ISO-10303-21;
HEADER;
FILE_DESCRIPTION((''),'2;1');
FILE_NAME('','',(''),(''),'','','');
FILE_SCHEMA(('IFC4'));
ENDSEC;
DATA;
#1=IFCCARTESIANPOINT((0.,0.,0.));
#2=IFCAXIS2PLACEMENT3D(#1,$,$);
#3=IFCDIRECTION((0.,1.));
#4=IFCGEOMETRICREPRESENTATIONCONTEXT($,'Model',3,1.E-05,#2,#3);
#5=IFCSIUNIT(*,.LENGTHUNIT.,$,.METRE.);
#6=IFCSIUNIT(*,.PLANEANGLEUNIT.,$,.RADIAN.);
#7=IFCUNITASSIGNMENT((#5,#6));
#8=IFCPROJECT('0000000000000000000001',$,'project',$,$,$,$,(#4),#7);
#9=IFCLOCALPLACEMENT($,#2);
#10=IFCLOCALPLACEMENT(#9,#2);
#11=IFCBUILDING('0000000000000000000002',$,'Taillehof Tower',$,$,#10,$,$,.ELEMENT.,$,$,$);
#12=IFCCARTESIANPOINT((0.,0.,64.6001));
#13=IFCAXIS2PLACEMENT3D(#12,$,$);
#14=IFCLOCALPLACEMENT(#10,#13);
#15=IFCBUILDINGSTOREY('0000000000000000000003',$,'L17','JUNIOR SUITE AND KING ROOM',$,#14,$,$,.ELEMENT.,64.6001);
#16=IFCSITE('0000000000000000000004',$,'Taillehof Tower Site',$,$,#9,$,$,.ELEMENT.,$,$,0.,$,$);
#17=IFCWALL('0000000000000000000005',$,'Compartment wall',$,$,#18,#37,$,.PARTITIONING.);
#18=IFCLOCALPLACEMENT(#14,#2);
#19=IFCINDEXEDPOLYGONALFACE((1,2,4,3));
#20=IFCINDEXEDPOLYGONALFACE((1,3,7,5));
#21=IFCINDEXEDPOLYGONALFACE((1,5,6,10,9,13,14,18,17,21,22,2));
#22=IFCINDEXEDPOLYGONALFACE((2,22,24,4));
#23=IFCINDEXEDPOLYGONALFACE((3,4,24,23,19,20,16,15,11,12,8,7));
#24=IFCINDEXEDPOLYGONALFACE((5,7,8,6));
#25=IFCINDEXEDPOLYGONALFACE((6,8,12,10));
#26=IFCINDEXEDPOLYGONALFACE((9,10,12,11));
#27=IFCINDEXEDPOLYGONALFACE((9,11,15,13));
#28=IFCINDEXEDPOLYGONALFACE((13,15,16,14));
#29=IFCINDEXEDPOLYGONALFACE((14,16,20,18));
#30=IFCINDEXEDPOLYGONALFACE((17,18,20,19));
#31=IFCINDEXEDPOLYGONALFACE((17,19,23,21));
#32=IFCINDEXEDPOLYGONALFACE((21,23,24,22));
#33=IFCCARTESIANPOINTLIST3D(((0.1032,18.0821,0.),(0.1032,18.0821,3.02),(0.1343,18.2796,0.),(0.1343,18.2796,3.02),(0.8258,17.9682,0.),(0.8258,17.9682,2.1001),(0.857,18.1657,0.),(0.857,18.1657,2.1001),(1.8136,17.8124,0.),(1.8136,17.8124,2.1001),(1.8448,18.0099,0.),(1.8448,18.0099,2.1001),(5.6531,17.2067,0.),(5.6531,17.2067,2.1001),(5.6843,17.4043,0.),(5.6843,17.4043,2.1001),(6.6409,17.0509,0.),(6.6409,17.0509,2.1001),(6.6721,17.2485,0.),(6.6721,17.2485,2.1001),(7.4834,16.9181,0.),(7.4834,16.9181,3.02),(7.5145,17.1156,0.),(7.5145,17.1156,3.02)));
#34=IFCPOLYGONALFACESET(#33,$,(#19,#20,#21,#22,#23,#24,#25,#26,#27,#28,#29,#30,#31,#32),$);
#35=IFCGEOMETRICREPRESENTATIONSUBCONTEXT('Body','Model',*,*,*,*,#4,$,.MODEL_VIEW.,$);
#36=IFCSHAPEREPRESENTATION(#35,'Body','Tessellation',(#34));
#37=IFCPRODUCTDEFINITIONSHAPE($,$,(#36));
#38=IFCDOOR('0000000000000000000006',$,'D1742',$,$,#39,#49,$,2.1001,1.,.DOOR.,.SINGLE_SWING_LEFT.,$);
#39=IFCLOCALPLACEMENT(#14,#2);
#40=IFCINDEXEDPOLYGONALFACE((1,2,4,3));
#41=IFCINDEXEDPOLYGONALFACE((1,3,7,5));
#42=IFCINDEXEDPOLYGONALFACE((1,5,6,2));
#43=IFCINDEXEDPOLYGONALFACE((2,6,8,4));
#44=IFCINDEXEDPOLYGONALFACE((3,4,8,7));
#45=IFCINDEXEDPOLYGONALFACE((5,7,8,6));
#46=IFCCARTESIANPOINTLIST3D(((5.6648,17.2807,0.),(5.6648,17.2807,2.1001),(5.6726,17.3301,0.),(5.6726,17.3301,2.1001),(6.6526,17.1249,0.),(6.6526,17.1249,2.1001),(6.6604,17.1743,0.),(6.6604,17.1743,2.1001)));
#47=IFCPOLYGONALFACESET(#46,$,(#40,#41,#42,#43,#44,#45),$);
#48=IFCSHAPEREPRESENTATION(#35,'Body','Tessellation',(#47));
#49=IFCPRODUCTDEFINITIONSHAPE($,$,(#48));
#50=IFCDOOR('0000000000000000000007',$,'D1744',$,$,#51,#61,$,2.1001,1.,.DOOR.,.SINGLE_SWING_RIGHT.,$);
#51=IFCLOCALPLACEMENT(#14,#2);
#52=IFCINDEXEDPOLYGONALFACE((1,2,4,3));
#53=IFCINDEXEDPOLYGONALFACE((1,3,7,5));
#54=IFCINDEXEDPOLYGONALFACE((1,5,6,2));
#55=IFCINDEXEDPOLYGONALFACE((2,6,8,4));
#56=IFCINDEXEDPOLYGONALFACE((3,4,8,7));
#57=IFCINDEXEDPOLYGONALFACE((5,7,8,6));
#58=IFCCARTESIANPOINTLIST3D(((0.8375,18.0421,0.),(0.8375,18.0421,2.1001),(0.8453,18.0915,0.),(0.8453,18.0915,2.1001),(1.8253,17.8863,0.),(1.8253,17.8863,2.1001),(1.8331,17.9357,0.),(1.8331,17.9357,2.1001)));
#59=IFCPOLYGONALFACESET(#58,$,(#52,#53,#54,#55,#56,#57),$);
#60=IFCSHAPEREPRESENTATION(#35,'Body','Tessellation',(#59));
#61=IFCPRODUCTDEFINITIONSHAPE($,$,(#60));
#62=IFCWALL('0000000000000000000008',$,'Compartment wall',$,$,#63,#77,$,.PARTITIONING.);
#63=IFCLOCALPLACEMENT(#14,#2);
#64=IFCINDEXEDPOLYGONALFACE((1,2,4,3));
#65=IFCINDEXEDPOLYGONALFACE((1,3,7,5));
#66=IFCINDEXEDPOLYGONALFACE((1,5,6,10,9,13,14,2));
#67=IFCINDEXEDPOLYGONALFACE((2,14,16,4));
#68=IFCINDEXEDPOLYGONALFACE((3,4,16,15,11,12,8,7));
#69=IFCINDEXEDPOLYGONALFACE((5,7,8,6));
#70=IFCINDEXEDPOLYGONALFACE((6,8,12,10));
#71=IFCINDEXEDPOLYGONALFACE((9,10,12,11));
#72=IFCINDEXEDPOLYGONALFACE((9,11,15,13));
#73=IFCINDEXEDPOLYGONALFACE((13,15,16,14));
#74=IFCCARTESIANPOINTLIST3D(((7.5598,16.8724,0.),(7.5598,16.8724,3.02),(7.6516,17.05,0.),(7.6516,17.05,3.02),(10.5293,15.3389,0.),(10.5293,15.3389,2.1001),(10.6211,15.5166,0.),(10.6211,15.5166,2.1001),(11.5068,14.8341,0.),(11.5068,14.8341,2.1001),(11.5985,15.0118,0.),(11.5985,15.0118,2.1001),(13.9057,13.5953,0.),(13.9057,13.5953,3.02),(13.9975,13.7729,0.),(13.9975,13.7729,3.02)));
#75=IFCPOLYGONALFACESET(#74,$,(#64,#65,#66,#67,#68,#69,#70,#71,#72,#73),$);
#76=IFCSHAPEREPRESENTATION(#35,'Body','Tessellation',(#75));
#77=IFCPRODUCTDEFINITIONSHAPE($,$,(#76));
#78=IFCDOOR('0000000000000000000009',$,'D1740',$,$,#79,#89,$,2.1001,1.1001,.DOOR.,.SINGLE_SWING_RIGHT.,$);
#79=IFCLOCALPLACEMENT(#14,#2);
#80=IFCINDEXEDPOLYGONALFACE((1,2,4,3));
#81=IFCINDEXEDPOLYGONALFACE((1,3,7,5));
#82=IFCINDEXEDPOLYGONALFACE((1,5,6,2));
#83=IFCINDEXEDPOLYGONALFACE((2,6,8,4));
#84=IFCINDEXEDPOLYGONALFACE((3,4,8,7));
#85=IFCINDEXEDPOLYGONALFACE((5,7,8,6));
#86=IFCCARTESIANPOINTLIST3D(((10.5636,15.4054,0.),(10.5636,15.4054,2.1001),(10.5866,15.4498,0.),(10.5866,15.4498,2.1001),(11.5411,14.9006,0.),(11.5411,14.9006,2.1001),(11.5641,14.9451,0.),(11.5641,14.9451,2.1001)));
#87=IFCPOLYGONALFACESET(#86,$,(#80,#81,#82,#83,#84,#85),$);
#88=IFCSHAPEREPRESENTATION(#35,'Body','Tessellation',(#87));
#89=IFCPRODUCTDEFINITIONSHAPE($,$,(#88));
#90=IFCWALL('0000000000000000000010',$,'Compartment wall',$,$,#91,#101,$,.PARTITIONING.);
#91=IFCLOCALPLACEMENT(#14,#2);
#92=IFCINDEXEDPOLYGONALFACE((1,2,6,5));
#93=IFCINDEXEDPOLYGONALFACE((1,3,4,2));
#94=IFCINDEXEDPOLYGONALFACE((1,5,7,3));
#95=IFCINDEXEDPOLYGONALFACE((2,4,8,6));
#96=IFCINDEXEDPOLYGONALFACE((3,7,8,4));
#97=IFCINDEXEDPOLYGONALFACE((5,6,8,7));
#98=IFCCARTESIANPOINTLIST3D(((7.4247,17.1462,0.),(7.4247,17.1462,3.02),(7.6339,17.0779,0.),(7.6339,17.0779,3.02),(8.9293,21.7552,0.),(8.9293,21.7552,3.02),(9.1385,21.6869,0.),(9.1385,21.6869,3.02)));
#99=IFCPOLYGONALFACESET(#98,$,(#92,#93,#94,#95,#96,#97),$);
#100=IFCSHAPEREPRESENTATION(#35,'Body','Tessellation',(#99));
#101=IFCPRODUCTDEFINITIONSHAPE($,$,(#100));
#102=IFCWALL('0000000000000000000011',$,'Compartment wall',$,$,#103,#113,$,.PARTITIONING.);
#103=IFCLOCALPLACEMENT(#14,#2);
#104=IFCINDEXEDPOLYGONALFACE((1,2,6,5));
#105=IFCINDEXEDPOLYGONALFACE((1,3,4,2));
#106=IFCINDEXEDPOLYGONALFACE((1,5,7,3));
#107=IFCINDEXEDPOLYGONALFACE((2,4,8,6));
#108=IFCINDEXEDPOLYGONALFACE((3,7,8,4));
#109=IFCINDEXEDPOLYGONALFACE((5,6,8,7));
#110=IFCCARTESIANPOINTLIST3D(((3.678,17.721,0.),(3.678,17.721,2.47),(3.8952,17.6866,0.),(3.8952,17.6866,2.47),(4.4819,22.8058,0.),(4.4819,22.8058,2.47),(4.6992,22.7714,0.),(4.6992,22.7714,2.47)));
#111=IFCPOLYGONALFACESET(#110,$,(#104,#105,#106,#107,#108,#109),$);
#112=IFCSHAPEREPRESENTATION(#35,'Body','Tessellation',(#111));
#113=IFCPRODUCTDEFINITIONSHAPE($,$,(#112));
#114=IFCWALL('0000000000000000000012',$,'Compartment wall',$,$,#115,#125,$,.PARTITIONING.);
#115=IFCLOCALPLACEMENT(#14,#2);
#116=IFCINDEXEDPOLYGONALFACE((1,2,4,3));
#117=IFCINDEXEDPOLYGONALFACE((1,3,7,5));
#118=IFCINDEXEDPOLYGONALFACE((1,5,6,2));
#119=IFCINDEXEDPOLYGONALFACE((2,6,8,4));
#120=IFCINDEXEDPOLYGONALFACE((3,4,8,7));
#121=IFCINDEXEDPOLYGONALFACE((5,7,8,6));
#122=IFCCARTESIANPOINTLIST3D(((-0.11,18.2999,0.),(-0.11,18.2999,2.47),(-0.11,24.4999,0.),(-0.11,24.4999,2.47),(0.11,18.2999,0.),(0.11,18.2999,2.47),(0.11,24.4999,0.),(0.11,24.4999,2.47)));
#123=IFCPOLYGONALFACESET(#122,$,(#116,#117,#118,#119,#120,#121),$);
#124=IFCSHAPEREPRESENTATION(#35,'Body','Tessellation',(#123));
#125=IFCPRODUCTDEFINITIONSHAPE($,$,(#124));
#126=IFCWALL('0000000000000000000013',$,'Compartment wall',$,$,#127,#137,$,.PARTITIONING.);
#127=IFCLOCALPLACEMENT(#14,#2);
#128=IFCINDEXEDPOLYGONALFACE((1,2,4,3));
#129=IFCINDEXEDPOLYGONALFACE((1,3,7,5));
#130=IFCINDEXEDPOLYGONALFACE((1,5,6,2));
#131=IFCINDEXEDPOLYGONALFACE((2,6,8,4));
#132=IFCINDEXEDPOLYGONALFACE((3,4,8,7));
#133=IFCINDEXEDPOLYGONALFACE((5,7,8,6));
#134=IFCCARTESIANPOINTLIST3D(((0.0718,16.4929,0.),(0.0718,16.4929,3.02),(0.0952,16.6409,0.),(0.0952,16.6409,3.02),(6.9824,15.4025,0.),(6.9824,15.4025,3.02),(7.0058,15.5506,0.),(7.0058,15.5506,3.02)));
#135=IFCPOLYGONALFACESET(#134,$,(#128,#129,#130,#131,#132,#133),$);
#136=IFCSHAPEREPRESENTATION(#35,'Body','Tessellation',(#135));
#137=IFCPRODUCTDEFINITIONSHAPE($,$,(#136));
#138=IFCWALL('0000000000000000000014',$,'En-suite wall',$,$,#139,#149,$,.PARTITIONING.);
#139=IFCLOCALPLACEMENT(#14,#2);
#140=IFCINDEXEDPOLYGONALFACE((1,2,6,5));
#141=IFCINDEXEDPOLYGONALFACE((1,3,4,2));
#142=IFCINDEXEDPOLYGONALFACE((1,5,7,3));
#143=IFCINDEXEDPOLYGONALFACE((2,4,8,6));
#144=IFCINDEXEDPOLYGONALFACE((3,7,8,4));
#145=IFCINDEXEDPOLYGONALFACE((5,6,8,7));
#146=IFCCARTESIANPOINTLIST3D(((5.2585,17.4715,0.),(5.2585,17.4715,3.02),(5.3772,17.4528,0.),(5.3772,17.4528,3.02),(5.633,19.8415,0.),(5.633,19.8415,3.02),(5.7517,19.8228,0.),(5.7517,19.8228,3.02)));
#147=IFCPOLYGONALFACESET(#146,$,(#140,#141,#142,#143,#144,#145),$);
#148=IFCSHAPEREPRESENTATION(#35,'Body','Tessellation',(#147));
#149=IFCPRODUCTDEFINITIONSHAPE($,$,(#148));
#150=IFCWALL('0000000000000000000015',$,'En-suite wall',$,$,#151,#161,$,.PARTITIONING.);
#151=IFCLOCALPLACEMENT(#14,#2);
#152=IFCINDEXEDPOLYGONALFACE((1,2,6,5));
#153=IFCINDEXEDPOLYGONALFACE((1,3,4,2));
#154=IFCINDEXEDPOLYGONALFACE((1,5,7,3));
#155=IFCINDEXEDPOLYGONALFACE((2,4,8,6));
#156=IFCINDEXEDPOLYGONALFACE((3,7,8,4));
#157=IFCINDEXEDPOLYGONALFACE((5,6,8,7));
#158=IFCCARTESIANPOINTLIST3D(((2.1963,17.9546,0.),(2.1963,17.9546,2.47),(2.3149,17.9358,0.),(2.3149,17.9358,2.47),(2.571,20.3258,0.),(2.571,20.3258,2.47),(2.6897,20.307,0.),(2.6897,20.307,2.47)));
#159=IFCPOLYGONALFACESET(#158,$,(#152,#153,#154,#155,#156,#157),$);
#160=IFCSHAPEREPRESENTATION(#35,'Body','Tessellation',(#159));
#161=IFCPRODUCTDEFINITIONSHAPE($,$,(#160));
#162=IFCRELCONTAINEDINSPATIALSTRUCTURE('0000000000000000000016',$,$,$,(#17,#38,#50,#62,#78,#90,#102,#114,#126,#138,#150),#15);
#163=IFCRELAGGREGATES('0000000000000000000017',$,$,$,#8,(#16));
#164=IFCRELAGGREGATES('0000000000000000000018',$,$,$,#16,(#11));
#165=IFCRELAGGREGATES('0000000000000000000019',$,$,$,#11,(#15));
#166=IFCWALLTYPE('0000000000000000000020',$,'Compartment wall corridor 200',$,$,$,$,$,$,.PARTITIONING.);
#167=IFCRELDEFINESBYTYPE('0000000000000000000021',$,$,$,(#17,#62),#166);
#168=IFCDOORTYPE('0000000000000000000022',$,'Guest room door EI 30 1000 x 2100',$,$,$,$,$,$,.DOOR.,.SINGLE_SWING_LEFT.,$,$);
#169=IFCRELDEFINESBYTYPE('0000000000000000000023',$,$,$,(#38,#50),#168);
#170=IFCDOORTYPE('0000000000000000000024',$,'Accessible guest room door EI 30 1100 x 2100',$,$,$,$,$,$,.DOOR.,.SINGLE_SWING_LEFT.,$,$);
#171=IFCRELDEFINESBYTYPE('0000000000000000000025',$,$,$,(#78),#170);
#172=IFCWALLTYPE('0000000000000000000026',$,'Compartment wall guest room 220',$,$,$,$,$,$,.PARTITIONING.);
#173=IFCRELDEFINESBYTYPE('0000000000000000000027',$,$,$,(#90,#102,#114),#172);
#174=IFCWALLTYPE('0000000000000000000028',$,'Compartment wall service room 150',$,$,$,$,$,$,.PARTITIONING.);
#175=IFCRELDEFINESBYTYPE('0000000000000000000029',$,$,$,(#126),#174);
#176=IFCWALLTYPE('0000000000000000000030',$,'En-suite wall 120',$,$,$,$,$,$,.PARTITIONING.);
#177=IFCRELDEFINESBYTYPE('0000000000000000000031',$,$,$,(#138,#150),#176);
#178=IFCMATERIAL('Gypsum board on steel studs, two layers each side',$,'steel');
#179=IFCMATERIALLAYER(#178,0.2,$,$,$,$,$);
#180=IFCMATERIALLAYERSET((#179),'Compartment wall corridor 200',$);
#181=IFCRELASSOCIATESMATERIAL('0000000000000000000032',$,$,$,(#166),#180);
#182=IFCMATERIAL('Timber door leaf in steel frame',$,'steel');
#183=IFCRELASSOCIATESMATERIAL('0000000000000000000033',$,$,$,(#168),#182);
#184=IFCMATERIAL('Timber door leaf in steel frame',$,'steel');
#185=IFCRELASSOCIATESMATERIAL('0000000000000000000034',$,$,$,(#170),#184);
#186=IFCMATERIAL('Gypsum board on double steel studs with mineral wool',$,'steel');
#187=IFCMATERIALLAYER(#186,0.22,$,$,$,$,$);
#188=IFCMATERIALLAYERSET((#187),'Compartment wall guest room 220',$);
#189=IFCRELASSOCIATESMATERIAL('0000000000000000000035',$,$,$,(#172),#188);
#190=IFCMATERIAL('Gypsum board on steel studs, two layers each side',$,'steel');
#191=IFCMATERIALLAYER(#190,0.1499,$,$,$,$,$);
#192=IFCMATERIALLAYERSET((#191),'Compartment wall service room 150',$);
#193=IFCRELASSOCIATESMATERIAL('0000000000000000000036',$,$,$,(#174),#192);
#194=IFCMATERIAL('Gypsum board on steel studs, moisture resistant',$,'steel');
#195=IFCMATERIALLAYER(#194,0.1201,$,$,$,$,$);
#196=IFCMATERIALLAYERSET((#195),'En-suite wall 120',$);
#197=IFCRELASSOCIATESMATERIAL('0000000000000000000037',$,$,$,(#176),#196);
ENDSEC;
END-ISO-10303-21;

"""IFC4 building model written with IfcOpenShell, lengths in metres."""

from ifc_helpers import new_model, si_unit, direction, frame, frame_2d, origin, place, context, subcontext, project, spatial, rectangle, extrude, material, layer, layer_set, type_object, element, fill, save


model = new_model("IFC4")

# Units and contexts
model_context = context("Model", 3, precision=1e-05, world=origin(), true_north=direction((0.0, 1.0)))
body_context = subcontext(model_context, "Body", "Model", "MODEL_VIEW")
ifc_project = project(units=[si_unit("LENGTHUNIT", "METRE"), si_unit("PLANEANGLEUNIT", "RADIAN")], contexts=[model_context])

# Site, building, storey
site_placement = place(None, origin())
site = spatial("IfcSite", under=ifc_project, at=site_placement, Name="Taillehof Tower Site", CompositionType="ELEMENT", RefElevation=0.0)
building_placement = place(site_placement, origin())
building = spatial("IfcBuilding", under=site, at=building_placement, Name="Taillehof Tower", CompositionType="ELEMENT")
storey_placement = place(building_placement, frame((0.0, 0.0, 64.6001)))
storey = spatial("IfcBuildingStorey", under=building, at=storey_placement, Name="L17", Description="JUNIOR SUITE AND KING ROOM", CompositionType="ELEMENT", Elevation=64.6001)

# Wall, openings, doors
ifc_material_1 = material(Name="Gypsum board on steel studs, two layers each side", Category="steel")
ifc_layer_1 = layer(ifc_material_1, 0.2)
ifc_layer_set_1 = layer_set([ifc_layer_1], Name="Compartment wall corridor 200")
wall_type_1 = type_object("IfcWallType", Name="Compartment wall corridor 200", PredefinedType="PARTITIONING", material=ifc_layer_set_1)
wall_1_placement = place(storey_placement, frame((0.1187, 18.1809, 0.0), z_axis=(0.0, 0.0, 1.0), x_axis=(0.987788, -0.155803, 0.0)))
wall_1 = element("IfcWall", 1, at=wall_1_placement, inside=storey, type_object=wall_type_1, Name="Compartment wall", PredefinedType="PARTITIONING", context=body_context, shape_type="SweptSolid", body=[
    extrude(rectangle(XDim=7.4714, YDim=0.2, at=frame_2d((3.7358, 0.0))), origin(), (0.0, 0.0, 1.0), 3.02),
])
opening_1_placement = place(wall_1_placement, frame((5.6187, 0.0, 0.0)))
opening_1 = element("IfcOpeningElement", 2, at=opening_1_placement, cuts=wall_1, PredefinedType="OPENING", context=body_context, shape_type="SweptSolid", body=[
    extrude(rectangle(XDim=1.0, YDim=2.1001, at=frame_2d((0.5, 1.05))), frame((0.0, 0.1099, 0.0), z_axis=(0.0, -1.0, 0.0), x_axis=(1.0, 0.0, 0.0)), (0.0, 0.0, 1.0), 0.22),
])
opening_2_placement = place(wall_1_placement, frame((0.7317, 0.0, 0.0)))
opening_2 = element("IfcOpeningElement", 3, at=opening_2_placement, cuts=wall_1, PredefinedType="OPENING", context=body_context, shape_type="SweptSolid", body=[
    extrude(rectangle(XDim=1.0, YDim=2.1001, at=frame_2d((0.5, 1.05))), frame((0.0, 0.1099, 0.0), z_axis=(0.0, -1.0, 0.0), x_axis=(1.0, 0.0, 0.0)), (0.0, 0.0, 1.0), 0.22),
])
ifc_material_2 = material(Name="Timber door leaf in steel frame", Category="steel")
door_type_1 = type_object("IfcDoorType", Name="Guest room door EI 30 1000 x 2100", OperationType="SINGLE_SWING_LEFT", PredefinedType="DOOR", material=ifc_material_2)
door_1_placement = place(opening_1_placement, origin())
door_1 = element("IfcDoor", 4, at=door_1_placement, inside=storey, type_object=door_type_1, Name="D1742", OperationType="SINGLE_SWING_LEFT", OverallHeight=2.1001, OverallWidth=1.0, PredefinedType="DOOR", context=body_context, shape_type="SweptSolid", body=[
    extrude(rectangle(XDim=1.0, YDim=2.1001, at=frame_2d((0.5, 1.05))), frame((0.0, 0.0249, 0.0), z_axis=(0.0, -1.0, 0.0), x_axis=(1.0, 0.0, 0.0)), (0.0, 0.0, 1.0), 0.05),
])
fill(opening_1, door_1)
door_2_placement = place(opening_2_placement, origin())
door_2 = element("IfcDoor", 5, at=door_2_placement, inside=storey, type_object=door_type_1, Name="D1744", OperationType="SINGLE_SWING_RIGHT", OverallHeight=2.1001, OverallWidth=1.0, PredefinedType="DOOR", context=body_context, shape_type="SweptSolid", body=[
    extrude(rectangle(XDim=1.0, YDim=2.1001, at=frame_2d((0.5, 1.05))), frame((0.0, 0.0249, 0.0), z_axis=(0.0, -1.0, 0.0), x_axis=(1.0, 0.0, 0.0)), (0.0, 0.0, 1.0), 0.05),
])
fill(opening_2, door_2)

# Wall, opening, door
wall_2_placement = place(storey_placement, frame((7.6057, 16.9612, 0.0), z_axis=(0.0, 0.0, 1.0), x_axis=(0.88852, -0.458839, 0.0)))
wall_2 = element("IfcWall", 6, at=wall_2_placement, inside=storey, type_object=wall_type_1, Name="Compartment wall", PredefinedType="PARTITIONING", context=body_context, shape_type="SweptSolid", body=[
    extrude(rectangle(XDim=7.1421, YDim=0.2, at=frame_2d((3.571, 0.0))), origin(), (0.0, 0.0, 1.0), 3.02),
])
opening_3_placement = place(wall_2_placement, frame((3.342, 0.0, 0.0)))
opening_3 = element("IfcOpeningElement", 7, at=opening_3_placement, cuts=wall_2, PredefinedType="OPENING", context=body_context, shape_type="SweptSolid", body=[
    extrude(rectangle(XDim=1.1001, YDim=2.1001, at=frame_2d((0.55, 1.05))), frame((0.0, 0.1099, 0.0), z_axis=(0.0, -1.0, 0.0), x_axis=(1.0, 0.0, 0.0)), (0.0, 0.0, 1.0), 0.22),
])
ifc_material_3 = material(Name="Timber door leaf in steel frame", Category="steel")
door_type_2 = type_object("IfcDoorType", Name="Accessible guest room door EI 30 1100 x 2100", OperationType="SINGLE_SWING_LEFT", PredefinedType="DOOR", material=ifc_material_3)
door_3_placement = place(opening_3_placement, origin())
door_3 = element("IfcDoor", 8, at=door_3_placement, inside=storey, type_object=door_type_2, Name="D1740", OperationType="SINGLE_SWING_RIGHT", OverallHeight=2.1001, OverallWidth=1.1001, PredefinedType="DOOR", context=body_context, shape_type="SweptSolid", body=[
    extrude(rectangle(XDim=1.1001, YDim=2.1001, at=frame_2d((0.55, 1.05))), frame((0.0, 0.0249, 0.0), z_axis=(0.0, -1.0, 0.0), x_axis=(1.0, 0.0, 0.0)), (0.0, 0.0, 1.0), 0.05),
])
fill(opening_3, door_3)

# Walls
ifc_material_4 = material(Name="Gypsum board on double steel studs with mineral wool", Category="steel")
ifc_layer_2 = layer(ifc_material_4, 0.22)
ifc_layer_set_2 = layer_set([ifc_layer_2], Name="Compartment wall guest room 220")
wall_type_2 = type_object("IfcWallType", Name="Compartment wall guest room 220", PredefinedType="PARTITIONING", material=ifc_layer_set_2)
wall_3_placement = place(storey_placement, frame((9.0339, 21.7212, 0.0), z_axis=(0.0, 0.0, 1.0), x_axis=(-0.31033, -0.950629, 0.0)))
element("IfcWall", 9, at=wall_3_placement, inside=storey, type_object=wall_type_2, Name="Compartment wall", PredefinedType="PARTITIONING", context=body_context, shape_type="SweptSolid", body=[
    extrude(rectangle(XDim=4.8484, YDim=0.22, at=frame_2d((2.4243, 0.0))), origin(), (0.0, 0.0, 1.0), 3.02),
])
wall_4_placement = place(storey_placement, frame((4.5906, 22.7886, 0.0), z_axis=(0.0, 0.0, 1.0), x_axis=(-0.156172, -0.98773, 0.0)))
element("IfcWall", 10, at=wall_4_placement, inside=storey, type_object=wall_type_2, Name="Compartment wall", PredefinedType="PARTITIONING", context=body_context, shape_type="SweptSolid", body=[
    extrude(rectangle(XDim=5.1479, YDim=0.22, at=frame_2d((2.574, 0.0))), origin(), (0.0, 0.0, 1.0), 2.47),
])
wall_5_placement = place(storey_placement, frame((0.0, 24.5, 0.0), z_axis=(0.0, 0.0, 1.0), x_axis=(0.0, -1.0, 0.0)))
element("IfcWall", 11, at=wall_5_placement, inside=storey, type_object=wall_type_2, Name="Compartment wall", PredefinedType="PARTITIONING", context=body_context, shape_type="SweptSolid", body=[
    extrude(rectangle(XDim=6.2, YDim=0.22, at=frame_2d((3.1001, 0.0))), origin(), (0.0, 0.0, 1.0), 2.47),
])
ifc_material_5 = material(Name="Gypsum board on steel studs, two layers each side", Category="steel")
ifc_layer_3 = layer(ifc_material_5, 0.1499)
ifc_layer_set_3 = layer_set([ifc_layer_3], Name="Compartment wall service room 150")
wall_type_3 = type_object("IfcWallType", Name="Compartment wall service room 150", PredefinedType="PARTITIONING", material=ifc_layer_set_3)
wall_6_placement = place(storey_placement, frame((0.0835, 16.5669, 0.0), z_axis=(0.0, 0.0, 1.0), x_axis=(0.987781, -0.155848, 0.0)))
element("IfcWall", 12, at=wall_6_placement, inside=storey, type_object=wall_type_3, Name="Compartment wall", PredefinedType="PARTITIONING", context=body_context, shape_type="SweptSolid", body=[
    extrude(rectangle(XDim=6.9961, YDim=0.1499, at=frame_2d((3.498, 0.0))), origin(), (0.0, 0.0, 1.0), 3.02),
])
ifc_material_6 = material(Name="Gypsum board on steel studs, moisture resistant", Category="steel")
ifc_layer_4 = layer(ifc_material_6, 0.1201)
ifc_layer_set_4 = layer_set([ifc_layer_4], Name="En-suite wall 120")
wall_type_4 = type_object("IfcWallType", Name="En-suite wall 120", PredefinedType="PARTITIONING", material=ifc_layer_set_4)
wall_7_placement = place(storey_placement, frame((5.3179, 17.4622, 0.0), z_axis=(0.0, 0.0, 1.0), x_axis=(0.156078, 0.987745, 0.0)))
element("IfcWall", 13, at=wall_7_placement, inside=storey, type_object=wall_type_4, Name="En-suite wall", PredefinedType="PARTITIONING", context=body_context, shape_type="SweptSolid", body=[
    extrude(rectangle(XDim=2.3994, YDim=0.1201, at=frame_2d((1.1997, 0.0))), origin(), (0.0, 0.0, 1.0), 3.02),
])
wall_8_placement = place(storey_placement, frame((2.2556, 17.9453, 0.0), z_axis=(0.0, 0.0, 1.0), x_axis=(0.156114, 0.987739, 0.0)))
element("IfcWall", 14, at=wall_8_placement, inside=storey, type_object=wall_type_4, Name="En-suite wall", PredefinedType="PARTITIONING", context=body_context, shape_type="SweptSolid", body=[
    extrude(rectangle(XDim=2.4006, YDim=0.1201, at=frame_2d((1.2002, 0.0))), origin(), (0.0, 0.0, 1.0), 2.47),
])

save(model, "model.ifc")
